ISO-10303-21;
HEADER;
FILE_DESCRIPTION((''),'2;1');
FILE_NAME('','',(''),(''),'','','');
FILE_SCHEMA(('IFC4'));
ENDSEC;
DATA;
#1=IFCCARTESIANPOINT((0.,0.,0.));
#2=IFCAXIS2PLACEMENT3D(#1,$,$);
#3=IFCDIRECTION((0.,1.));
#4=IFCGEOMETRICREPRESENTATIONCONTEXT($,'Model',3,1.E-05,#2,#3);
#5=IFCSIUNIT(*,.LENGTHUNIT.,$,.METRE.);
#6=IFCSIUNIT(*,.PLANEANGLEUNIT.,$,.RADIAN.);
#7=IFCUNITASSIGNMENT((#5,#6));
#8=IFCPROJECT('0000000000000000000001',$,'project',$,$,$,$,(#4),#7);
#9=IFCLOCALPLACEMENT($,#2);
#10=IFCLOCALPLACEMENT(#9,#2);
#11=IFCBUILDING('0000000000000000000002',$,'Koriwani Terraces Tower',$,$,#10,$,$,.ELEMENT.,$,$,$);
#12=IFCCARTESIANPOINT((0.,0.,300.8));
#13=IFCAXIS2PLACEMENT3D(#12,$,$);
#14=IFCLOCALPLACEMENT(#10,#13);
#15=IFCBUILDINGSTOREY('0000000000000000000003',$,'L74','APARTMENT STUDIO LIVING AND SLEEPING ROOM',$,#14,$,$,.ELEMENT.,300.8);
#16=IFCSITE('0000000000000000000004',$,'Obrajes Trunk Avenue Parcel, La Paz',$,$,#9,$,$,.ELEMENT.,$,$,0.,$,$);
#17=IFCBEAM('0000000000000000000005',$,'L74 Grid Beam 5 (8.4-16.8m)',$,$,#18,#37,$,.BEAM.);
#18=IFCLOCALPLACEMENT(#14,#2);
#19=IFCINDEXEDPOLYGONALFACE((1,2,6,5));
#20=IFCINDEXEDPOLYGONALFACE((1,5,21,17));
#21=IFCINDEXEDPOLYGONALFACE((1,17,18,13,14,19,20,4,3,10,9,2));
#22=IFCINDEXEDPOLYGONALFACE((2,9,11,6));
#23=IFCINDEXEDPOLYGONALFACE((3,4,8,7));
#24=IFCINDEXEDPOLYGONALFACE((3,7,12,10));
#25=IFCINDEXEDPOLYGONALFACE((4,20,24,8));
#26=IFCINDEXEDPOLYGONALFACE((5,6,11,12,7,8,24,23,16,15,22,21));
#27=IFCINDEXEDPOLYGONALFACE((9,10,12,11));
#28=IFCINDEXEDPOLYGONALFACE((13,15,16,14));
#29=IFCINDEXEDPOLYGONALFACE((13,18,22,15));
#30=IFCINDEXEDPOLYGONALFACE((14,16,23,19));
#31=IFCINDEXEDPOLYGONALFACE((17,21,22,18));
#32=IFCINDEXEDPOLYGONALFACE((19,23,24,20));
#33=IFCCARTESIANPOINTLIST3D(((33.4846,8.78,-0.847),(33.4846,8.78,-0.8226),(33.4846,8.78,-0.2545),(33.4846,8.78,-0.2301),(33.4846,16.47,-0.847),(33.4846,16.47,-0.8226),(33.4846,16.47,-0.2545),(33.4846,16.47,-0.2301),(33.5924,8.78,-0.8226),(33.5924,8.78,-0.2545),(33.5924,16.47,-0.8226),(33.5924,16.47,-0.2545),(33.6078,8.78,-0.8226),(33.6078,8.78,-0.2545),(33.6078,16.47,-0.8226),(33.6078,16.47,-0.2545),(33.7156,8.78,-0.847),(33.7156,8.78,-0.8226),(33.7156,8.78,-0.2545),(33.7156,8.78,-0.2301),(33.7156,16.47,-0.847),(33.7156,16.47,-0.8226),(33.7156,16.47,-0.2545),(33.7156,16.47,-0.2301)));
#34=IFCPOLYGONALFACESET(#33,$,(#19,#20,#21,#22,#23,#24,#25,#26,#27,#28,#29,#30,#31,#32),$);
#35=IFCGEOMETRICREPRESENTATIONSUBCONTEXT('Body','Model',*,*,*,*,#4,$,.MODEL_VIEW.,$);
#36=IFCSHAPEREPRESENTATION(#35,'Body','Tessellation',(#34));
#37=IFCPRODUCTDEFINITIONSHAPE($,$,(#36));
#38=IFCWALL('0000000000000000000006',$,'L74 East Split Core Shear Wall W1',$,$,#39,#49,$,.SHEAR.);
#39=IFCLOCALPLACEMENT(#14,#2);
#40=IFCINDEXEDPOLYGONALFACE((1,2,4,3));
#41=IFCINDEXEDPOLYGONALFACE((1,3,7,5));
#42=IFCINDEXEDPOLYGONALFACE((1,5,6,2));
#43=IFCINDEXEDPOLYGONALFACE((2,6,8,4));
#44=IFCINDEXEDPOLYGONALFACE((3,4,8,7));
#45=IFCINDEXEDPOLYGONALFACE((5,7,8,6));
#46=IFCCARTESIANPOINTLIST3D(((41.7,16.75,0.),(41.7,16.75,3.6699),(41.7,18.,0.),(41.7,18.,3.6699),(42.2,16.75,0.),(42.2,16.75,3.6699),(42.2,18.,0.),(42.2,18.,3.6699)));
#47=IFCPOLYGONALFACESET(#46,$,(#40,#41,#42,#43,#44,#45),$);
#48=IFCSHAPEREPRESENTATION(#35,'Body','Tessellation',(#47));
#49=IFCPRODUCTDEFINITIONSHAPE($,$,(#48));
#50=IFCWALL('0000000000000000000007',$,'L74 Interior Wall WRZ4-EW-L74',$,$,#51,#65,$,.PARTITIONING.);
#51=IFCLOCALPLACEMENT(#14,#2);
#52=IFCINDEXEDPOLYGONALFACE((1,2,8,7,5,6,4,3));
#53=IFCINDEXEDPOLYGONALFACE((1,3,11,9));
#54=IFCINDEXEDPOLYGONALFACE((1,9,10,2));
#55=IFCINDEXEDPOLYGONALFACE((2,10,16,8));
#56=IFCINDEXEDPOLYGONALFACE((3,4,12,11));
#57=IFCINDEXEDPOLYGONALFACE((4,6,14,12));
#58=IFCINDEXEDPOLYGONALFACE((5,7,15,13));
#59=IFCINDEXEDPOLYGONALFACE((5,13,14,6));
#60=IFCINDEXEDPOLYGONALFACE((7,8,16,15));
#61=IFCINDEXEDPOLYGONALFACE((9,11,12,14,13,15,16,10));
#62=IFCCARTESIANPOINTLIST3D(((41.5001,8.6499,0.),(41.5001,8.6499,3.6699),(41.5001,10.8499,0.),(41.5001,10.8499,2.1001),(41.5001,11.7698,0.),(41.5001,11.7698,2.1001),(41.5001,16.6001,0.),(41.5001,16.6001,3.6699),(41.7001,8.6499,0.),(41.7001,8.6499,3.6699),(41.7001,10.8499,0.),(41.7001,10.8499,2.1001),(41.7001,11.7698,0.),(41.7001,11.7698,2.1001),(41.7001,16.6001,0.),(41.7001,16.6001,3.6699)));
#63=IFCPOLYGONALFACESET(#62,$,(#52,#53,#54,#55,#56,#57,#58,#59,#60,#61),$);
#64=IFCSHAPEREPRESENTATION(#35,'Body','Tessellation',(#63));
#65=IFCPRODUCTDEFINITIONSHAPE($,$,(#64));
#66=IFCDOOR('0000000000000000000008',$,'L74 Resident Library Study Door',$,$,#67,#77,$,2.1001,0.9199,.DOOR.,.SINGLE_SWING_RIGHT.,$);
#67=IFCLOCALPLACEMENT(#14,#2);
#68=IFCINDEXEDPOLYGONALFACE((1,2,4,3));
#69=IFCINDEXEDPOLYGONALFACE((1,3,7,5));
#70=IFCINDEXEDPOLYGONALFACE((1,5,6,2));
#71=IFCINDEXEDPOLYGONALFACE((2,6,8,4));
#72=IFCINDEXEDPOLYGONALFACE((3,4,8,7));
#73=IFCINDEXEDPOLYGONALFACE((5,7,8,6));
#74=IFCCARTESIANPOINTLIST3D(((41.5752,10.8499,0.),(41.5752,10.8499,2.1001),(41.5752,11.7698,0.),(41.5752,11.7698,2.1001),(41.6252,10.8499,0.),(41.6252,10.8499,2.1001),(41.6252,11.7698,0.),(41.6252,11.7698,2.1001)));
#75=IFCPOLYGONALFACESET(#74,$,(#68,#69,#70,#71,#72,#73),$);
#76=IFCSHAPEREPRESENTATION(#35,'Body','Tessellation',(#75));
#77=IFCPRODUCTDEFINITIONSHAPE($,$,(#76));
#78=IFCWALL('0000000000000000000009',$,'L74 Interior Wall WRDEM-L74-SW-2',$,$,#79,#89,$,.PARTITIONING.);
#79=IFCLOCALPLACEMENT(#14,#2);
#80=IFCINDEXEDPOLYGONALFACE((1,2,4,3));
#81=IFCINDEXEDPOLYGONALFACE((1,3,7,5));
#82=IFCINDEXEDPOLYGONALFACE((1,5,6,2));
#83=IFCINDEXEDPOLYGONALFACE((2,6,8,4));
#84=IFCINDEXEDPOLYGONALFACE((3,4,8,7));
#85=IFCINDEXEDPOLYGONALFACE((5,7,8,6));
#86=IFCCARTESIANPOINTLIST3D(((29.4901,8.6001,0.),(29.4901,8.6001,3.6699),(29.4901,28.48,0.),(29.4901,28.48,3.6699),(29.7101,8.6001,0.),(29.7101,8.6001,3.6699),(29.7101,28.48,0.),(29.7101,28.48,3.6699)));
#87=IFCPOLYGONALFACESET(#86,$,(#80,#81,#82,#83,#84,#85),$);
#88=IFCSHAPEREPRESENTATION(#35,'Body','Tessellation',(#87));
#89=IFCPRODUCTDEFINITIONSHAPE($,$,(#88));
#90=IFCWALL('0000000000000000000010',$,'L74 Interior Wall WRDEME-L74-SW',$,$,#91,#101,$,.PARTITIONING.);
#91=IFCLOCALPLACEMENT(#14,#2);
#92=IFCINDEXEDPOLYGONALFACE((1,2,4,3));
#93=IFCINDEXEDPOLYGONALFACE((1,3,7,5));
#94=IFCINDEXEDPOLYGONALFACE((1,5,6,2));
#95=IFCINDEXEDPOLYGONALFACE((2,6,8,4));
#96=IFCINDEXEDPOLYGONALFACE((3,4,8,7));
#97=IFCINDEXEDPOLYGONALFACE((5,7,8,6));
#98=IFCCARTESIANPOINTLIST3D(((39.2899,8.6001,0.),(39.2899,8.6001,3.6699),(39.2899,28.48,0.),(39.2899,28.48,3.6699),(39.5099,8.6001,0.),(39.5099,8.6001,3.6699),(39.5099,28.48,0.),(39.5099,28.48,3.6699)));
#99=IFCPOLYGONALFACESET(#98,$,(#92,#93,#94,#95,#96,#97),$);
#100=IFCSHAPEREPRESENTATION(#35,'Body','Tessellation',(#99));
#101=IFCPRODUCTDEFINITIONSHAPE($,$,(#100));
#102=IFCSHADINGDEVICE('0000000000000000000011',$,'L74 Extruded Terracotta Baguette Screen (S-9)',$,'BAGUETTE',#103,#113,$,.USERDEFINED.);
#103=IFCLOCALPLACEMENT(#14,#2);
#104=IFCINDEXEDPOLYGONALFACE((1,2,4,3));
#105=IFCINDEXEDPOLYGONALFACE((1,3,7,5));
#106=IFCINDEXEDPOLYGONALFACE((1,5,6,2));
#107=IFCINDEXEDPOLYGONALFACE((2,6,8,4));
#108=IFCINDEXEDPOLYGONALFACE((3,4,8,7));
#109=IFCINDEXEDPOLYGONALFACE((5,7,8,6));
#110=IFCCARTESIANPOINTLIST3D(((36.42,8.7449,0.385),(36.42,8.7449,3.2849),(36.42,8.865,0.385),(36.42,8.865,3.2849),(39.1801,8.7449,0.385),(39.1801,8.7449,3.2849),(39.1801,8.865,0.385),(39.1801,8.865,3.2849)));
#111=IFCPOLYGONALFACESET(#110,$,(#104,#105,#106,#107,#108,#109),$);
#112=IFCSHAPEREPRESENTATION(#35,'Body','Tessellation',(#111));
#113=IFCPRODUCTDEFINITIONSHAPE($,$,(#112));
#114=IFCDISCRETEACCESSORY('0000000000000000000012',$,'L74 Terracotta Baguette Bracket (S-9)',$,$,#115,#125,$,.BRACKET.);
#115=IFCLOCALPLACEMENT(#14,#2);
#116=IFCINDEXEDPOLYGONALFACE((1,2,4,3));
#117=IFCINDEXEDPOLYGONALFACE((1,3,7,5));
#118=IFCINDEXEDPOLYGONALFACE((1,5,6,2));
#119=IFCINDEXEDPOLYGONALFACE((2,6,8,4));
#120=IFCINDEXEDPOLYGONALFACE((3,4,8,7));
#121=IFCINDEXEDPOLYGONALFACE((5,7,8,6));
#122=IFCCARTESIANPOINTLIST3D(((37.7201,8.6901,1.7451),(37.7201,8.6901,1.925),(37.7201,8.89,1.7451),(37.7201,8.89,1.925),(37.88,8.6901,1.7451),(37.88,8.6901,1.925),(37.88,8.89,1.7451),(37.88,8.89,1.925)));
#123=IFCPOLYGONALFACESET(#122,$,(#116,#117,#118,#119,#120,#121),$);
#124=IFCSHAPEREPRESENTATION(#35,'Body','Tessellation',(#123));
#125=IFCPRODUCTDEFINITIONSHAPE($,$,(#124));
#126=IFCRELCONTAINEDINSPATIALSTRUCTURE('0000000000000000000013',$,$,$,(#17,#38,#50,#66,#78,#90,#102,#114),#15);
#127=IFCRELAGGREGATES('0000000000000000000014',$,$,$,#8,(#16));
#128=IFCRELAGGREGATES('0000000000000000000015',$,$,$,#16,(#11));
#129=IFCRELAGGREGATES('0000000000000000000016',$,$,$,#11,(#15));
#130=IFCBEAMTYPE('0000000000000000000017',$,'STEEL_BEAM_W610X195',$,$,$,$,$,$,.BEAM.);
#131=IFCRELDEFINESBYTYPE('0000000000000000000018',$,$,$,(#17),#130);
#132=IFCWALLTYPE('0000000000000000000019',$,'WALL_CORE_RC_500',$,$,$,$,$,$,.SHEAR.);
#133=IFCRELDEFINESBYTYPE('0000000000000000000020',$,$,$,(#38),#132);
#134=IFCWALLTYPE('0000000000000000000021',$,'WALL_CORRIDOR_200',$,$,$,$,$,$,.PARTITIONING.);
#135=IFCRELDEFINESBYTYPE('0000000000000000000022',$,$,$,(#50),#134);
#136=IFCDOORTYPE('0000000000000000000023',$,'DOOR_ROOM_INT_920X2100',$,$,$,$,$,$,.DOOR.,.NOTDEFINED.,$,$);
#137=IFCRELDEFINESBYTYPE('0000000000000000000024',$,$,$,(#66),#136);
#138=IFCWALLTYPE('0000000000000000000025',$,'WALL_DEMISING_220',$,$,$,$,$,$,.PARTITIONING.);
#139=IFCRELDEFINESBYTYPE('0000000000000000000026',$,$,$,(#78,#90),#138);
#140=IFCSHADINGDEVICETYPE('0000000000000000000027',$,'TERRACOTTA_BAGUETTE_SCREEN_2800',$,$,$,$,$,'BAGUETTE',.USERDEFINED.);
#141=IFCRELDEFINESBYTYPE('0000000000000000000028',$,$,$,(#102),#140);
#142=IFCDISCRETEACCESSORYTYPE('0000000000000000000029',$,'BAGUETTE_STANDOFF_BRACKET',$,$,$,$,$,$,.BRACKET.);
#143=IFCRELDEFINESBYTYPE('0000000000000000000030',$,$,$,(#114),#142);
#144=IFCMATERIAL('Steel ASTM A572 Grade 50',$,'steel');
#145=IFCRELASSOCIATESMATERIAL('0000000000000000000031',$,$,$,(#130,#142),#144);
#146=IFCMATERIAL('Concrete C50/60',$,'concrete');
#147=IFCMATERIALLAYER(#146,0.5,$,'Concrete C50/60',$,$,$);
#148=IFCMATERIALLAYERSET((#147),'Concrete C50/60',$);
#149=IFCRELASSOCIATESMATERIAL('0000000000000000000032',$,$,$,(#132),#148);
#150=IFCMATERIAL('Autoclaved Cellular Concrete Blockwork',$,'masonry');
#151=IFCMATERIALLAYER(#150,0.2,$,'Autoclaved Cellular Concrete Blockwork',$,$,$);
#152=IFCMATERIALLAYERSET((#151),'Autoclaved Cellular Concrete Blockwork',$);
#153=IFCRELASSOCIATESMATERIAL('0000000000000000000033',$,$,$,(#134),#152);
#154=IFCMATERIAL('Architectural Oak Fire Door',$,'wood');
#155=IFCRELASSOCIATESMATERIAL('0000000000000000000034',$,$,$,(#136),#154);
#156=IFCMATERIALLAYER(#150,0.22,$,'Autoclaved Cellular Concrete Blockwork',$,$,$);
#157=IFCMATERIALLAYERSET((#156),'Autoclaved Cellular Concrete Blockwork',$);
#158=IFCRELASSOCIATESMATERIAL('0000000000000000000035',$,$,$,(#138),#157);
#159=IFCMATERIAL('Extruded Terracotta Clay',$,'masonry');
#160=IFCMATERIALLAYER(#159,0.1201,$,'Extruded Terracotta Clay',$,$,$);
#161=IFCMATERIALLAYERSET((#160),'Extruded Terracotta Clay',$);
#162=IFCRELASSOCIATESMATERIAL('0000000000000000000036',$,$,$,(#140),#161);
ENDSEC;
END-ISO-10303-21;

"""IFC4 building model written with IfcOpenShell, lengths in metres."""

from ifc_helpers import new_model, si_unit, direction, frame, frame_2d, origin, origin_2d, place, context, subcontext, project, spatial, rectangle, i_section, extrude, material, layer, layer_set, material_profile, profile_set, type_object, element, fill, save


model = new_model("IFC4")

# Units and contexts
model_context = context("Model", 3, precision=1e-05, world=origin(), true_north=direction((0.0, 1.0)))
body_context = subcontext(model_context, "Body", "Model", "MODEL_VIEW")
ifc_project = project(units=[si_unit("LENGTHUNIT", "METRE"), si_unit("PLANEANGLEUNIT", "RADIAN")], contexts=[model_context])

# Site, building, storey
site_placement = place(None, origin())
site = spatial("IfcSite", under=ifc_project, at=site_placement, Name="Obrajes Trunk Avenue Parcel, La Paz", CompositionType="ELEMENT", RefElevation=0.0)
building_placement = place(site_placement, origin())
building = spatial("IfcBuilding", under=site, at=building_placement, Name="Koriwani Terraces Tower", CompositionType="ELEMENT")
storey_placement = place(building_placement, frame((0.0, 0.0, 300.8)))
storey = spatial("IfcBuildingStorey", under=building, at=storey_placement, Name="L74", Description="APARTMENT STUDIO LIVING AND SLEEPING ROOM", CompositionType="ELEMENT", Elevation=300.8)

# Shared definitions
ifc_material_1 = material(Name="Concrete C50/60", Category="concrete")

# Beam
ifc_material_2 = material(Name="Steel ASTM A572 Grade 50", Category="steel")
ifc_material_profile_1 = material_profile(ifc_material_2, i_section(OverallWidth=0.231, OverallDepth=0.6169, WebThickness=0.0154, FlangeThickness=0.0244, at=origin_2d()), Name="Steel ASTM A572 Grade 50", Category="LoadBearing")
ifc_profile_set_1 = profile_set([ifc_material_profile_1], Name="Steel ASTM A572 Grade 50")
beam_type_1 = type_object("IfcBeamType", Name="STEEL_BEAM_W610X195", PredefinedType="BEAM", material=ifc_profile_set_1)
beam_1_placement = place(storey_placement, frame((33.6001, 8.78, -0.5386), z_axis=(0.0, 1.0, 0.0), x_axis=(-1.0, 0.0, 0.0)))
element("IfcBeam", 1, at=beam_1_placement, inside=storey, type_object=beam_type_1, Name="L74 Grid Beam 5 (8.4-16.8m)", PredefinedType="BEAM", context=body_context, shape_type="SweptSolid", body=[
    extrude(i_section(OverallWidth=0.231, OverallDepth=0.6169, WebThickness=0.0154, FlangeThickness=0.0244, at=origin_2d()), origin(), (0.0, 0.0, 1.0), 7.6899),
])

# Wall
ifc_layer_1 = layer(ifc_material_1, 0.5, Name="Concrete C50/60")
ifc_layer_set_1 = layer_set([ifc_layer_1], Name="Concrete C50/60")
wall_type_1 = type_object("IfcWallType", Name="WALL_CORE_RC_500", PredefinedType="SHEAR", material=ifc_layer_set_1)
wall_1_placement = place(storey_placement, frame((41.95, 16.75, 0.0), z_axis=(0.0, 0.0, 1.0), x_axis=(0.0, 1.0, 0.0)))
element("IfcWall", 2, at=wall_1_placement, inside=storey, type_object=wall_type_1, Name="L74 East Split Core Shear Wall W1", PredefinedType="SHEAR", context=body_context, shape_type="SweptSolid", body=[
    extrude(rectangle(XDim=1.25, YDim=0.5, at=frame_2d((0.625, 0.0))), origin(), (0.0, 0.0, 1.0), 3.6699),
])

# Wall, opening, door
ifc_material_3 = material(Name="Autoclaved Cellular Concrete Blockwork", Category="masonry")
ifc_layer_2 = layer(ifc_material_3, 0.2, Name="Autoclaved Cellular Concrete Blockwork")
ifc_layer_set_2 = layer_set([ifc_layer_2], Name="Autoclaved Cellular Concrete Blockwork")
wall_type_2 = type_object("IfcWallType", Name="WALL_CORRIDOR_200", PredefinedType="PARTITIONING", material=ifc_layer_set_2)
wall_2_placement = place(storey_placement, frame((41.6001, 8.6499, 0.0), z_axis=(0.0, 0.0, 1.0), x_axis=(0.0, 1.0, 0.0)))
wall_2 = element("IfcWall", 3, at=wall_2_placement, inside=storey, type_object=wall_type_2, Name="L74 Interior Wall WRZ4-EW-L74", PredefinedType="PARTITIONING", context=body_context, shape_type="SweptSolid", body=[
    extrude(rectangle(XDim=7.9502, YDim=0.2, at=frame_2d((3.9751, 0.0))), origin(), (0.0, 0.0, 1.0), 3.6699),
])
opening_placement = place(wall_2_placement, frame((2.2, 0.0, 0.0)))
opening = element("IfcOpeningElement", 4, at=opening_placement, cuts=wall_2, PredefinedType="OPENING", context=body_context, shape_type="SweptSolid", body=[
    extrude(rectangle(XDim=0.9199, YDim=2.1001, at=frame_2d((0.46, 1.05))), frame((0.0, 0.1099, 0.0), z_axis=(0.0, -1.0, 0.0), x_axis=(1.0, 0.0, 0.0)), (0.0, 0.0, 1.0), 0.22),
])
ifc_material_4 = material(Name="Architectural Oak Fire Door", Category="wood")
door_type = type_object("IfcDoorType", Name="DOOR_ROOM_INT_920X2100", OperationType="NOTDEFINED", PredefinedType="DOOR", material=ifc_material_4)
door_placement = place(opening_placement, origin())
door = element("IfcDoor", 5, at=door_placement, inside=storey, type_object=door_type, Name="L74 Resident Library Study Door", OperationType="SINGLE_SWING_RIGHT", OverallHeight=2.1001, OverallWidth=0.9199, PredefinedType="DOOR", context=body_context, shape_type="SweptSolid", body=[
    extrude(rectangle(XDim=0.9199, YDim=2.1001, at=frame_2d((0.46, 1.05))), frame((0.0, 0.0249, 0.0), z_axis=(0.0, -1.0, 0.0), x_axis=(1.0, 0.0, 0.0)), (0.0, 0.0, 1.0), 0.05),
])
fill(opening, door)

# Walls
ifc_layer_3 = layer(ifc_material_3, 0.22, Name="Autoclaved Cellular Concrete Blockwork")
ifc_layer_set_3 = layer_set([ifc_layer_3], Name="Autoclaved Cellular Concrete Blockwork")
wall_type_3 = type_object("IfcWallType", Name="WALL_DEMISING_220", PredefinedType="PARTITIONING", material=ifc_layer_set_3)
for number, where, z_axis, x_axis, name in (
    (6, (29.6001, 8.6001, 0.0), (0.0, 0.0, 1.0), (0.0, 1.0, 0.0), "L74 Interior Wall WRDEM-L74-SW-2"),
    (7, (39.3999, 8.6001, 0.0), (0.0, 0.0, 1.0), (0.0, 1.0, 0.0), "L74 Interior Wall WRDEME-L74-SW"),
):
    element("IfcWall", number, at=place(storey_placement, frame(where, z_axis=z_axis, x_axis=x_axis)), inside=storey, type_object=wall_type_3, Name=name, PredefinedType="PARTITIONING", context=body_context, shape_type="SweptSolid", body=[
        extrude(rectangle(XDim=19.8799, YDim=0.22, at=frame_2d((9.9399, 0.0))), origin(), (0.0, 0.0, 1.0), 3.6699),
    ])

# Shading device
ifc_material_5 = material(Name="Extruded Terracotta Clay", Category="masonry")
ifc_layer_4 = layer(ifc_material_5, 0.1201, Name="Extruded Terracotta Clay")
ifc_layer_set_4 = layer_set([ifc_layer_4], Name="Extruded Terracotta Clay")
shading_device_type = type_object("IfcShadingDeviceType", Name="TERRACOTTA_BAGUETTE_SCREEN_2800", ElementType="BAGUETTE", PredefinedType="USERDEFINED", material=ifc_layer_set_4)
shading_device_placement = place(storey_placement, frame((37.8, 8.8049, 0.385), z_axis=(0.0, 0.0, 1.0), x_axis=(-1.0, 0.0, 0.0)))
element("IfcShadingDevice", 8, at=shading_device_placement, inside=storey, type_object=shading_device_type, Name="L74 Extruded Terracotta Baguette Screen (S-9)", ObjectType="BAGUETTE", PredefinedType="USERDEFINED", context=body_context, shape_type="SweptSolid", body=[
    extrude(rectangle(XDim=2.76, YDim=0.1201, at=origin_2d()), origin(), (0.0, 0.0, 1.0), 2.8999),
])

# Discrete accessory
discrete_accessory_type = type_object("IfcDiscreteAccessoryType", Name="BAGUETTE_STANDOFF_BRACKET", PredefinedType="BRACKET", material=ifc_material_2)
discrete_accessory_placement = place(storey_placement, frame((37.8, 8.79, 1.7451), z_axis=(0.0, 0.0, 1.0), x_axis=(-1.0, 0.0, 0.0)))
element("IfcDiscreteAccessory", 9, at=discrete_accessory_placement, inside=storey, type_object=discrete_accessory_type, Name="L74 Terracotta Baguette Bracket (S-9)", PredefinedType="BRACKET", context=body_context, shape_type="SweptSolid", body=[
    extrude(rectangle(XDim=0.1599, YDim=0.2, at=origin_2d()), origin(), (0.0, 0.0, 1.0), 0.1799),
])

save(model, "model.ifc")
